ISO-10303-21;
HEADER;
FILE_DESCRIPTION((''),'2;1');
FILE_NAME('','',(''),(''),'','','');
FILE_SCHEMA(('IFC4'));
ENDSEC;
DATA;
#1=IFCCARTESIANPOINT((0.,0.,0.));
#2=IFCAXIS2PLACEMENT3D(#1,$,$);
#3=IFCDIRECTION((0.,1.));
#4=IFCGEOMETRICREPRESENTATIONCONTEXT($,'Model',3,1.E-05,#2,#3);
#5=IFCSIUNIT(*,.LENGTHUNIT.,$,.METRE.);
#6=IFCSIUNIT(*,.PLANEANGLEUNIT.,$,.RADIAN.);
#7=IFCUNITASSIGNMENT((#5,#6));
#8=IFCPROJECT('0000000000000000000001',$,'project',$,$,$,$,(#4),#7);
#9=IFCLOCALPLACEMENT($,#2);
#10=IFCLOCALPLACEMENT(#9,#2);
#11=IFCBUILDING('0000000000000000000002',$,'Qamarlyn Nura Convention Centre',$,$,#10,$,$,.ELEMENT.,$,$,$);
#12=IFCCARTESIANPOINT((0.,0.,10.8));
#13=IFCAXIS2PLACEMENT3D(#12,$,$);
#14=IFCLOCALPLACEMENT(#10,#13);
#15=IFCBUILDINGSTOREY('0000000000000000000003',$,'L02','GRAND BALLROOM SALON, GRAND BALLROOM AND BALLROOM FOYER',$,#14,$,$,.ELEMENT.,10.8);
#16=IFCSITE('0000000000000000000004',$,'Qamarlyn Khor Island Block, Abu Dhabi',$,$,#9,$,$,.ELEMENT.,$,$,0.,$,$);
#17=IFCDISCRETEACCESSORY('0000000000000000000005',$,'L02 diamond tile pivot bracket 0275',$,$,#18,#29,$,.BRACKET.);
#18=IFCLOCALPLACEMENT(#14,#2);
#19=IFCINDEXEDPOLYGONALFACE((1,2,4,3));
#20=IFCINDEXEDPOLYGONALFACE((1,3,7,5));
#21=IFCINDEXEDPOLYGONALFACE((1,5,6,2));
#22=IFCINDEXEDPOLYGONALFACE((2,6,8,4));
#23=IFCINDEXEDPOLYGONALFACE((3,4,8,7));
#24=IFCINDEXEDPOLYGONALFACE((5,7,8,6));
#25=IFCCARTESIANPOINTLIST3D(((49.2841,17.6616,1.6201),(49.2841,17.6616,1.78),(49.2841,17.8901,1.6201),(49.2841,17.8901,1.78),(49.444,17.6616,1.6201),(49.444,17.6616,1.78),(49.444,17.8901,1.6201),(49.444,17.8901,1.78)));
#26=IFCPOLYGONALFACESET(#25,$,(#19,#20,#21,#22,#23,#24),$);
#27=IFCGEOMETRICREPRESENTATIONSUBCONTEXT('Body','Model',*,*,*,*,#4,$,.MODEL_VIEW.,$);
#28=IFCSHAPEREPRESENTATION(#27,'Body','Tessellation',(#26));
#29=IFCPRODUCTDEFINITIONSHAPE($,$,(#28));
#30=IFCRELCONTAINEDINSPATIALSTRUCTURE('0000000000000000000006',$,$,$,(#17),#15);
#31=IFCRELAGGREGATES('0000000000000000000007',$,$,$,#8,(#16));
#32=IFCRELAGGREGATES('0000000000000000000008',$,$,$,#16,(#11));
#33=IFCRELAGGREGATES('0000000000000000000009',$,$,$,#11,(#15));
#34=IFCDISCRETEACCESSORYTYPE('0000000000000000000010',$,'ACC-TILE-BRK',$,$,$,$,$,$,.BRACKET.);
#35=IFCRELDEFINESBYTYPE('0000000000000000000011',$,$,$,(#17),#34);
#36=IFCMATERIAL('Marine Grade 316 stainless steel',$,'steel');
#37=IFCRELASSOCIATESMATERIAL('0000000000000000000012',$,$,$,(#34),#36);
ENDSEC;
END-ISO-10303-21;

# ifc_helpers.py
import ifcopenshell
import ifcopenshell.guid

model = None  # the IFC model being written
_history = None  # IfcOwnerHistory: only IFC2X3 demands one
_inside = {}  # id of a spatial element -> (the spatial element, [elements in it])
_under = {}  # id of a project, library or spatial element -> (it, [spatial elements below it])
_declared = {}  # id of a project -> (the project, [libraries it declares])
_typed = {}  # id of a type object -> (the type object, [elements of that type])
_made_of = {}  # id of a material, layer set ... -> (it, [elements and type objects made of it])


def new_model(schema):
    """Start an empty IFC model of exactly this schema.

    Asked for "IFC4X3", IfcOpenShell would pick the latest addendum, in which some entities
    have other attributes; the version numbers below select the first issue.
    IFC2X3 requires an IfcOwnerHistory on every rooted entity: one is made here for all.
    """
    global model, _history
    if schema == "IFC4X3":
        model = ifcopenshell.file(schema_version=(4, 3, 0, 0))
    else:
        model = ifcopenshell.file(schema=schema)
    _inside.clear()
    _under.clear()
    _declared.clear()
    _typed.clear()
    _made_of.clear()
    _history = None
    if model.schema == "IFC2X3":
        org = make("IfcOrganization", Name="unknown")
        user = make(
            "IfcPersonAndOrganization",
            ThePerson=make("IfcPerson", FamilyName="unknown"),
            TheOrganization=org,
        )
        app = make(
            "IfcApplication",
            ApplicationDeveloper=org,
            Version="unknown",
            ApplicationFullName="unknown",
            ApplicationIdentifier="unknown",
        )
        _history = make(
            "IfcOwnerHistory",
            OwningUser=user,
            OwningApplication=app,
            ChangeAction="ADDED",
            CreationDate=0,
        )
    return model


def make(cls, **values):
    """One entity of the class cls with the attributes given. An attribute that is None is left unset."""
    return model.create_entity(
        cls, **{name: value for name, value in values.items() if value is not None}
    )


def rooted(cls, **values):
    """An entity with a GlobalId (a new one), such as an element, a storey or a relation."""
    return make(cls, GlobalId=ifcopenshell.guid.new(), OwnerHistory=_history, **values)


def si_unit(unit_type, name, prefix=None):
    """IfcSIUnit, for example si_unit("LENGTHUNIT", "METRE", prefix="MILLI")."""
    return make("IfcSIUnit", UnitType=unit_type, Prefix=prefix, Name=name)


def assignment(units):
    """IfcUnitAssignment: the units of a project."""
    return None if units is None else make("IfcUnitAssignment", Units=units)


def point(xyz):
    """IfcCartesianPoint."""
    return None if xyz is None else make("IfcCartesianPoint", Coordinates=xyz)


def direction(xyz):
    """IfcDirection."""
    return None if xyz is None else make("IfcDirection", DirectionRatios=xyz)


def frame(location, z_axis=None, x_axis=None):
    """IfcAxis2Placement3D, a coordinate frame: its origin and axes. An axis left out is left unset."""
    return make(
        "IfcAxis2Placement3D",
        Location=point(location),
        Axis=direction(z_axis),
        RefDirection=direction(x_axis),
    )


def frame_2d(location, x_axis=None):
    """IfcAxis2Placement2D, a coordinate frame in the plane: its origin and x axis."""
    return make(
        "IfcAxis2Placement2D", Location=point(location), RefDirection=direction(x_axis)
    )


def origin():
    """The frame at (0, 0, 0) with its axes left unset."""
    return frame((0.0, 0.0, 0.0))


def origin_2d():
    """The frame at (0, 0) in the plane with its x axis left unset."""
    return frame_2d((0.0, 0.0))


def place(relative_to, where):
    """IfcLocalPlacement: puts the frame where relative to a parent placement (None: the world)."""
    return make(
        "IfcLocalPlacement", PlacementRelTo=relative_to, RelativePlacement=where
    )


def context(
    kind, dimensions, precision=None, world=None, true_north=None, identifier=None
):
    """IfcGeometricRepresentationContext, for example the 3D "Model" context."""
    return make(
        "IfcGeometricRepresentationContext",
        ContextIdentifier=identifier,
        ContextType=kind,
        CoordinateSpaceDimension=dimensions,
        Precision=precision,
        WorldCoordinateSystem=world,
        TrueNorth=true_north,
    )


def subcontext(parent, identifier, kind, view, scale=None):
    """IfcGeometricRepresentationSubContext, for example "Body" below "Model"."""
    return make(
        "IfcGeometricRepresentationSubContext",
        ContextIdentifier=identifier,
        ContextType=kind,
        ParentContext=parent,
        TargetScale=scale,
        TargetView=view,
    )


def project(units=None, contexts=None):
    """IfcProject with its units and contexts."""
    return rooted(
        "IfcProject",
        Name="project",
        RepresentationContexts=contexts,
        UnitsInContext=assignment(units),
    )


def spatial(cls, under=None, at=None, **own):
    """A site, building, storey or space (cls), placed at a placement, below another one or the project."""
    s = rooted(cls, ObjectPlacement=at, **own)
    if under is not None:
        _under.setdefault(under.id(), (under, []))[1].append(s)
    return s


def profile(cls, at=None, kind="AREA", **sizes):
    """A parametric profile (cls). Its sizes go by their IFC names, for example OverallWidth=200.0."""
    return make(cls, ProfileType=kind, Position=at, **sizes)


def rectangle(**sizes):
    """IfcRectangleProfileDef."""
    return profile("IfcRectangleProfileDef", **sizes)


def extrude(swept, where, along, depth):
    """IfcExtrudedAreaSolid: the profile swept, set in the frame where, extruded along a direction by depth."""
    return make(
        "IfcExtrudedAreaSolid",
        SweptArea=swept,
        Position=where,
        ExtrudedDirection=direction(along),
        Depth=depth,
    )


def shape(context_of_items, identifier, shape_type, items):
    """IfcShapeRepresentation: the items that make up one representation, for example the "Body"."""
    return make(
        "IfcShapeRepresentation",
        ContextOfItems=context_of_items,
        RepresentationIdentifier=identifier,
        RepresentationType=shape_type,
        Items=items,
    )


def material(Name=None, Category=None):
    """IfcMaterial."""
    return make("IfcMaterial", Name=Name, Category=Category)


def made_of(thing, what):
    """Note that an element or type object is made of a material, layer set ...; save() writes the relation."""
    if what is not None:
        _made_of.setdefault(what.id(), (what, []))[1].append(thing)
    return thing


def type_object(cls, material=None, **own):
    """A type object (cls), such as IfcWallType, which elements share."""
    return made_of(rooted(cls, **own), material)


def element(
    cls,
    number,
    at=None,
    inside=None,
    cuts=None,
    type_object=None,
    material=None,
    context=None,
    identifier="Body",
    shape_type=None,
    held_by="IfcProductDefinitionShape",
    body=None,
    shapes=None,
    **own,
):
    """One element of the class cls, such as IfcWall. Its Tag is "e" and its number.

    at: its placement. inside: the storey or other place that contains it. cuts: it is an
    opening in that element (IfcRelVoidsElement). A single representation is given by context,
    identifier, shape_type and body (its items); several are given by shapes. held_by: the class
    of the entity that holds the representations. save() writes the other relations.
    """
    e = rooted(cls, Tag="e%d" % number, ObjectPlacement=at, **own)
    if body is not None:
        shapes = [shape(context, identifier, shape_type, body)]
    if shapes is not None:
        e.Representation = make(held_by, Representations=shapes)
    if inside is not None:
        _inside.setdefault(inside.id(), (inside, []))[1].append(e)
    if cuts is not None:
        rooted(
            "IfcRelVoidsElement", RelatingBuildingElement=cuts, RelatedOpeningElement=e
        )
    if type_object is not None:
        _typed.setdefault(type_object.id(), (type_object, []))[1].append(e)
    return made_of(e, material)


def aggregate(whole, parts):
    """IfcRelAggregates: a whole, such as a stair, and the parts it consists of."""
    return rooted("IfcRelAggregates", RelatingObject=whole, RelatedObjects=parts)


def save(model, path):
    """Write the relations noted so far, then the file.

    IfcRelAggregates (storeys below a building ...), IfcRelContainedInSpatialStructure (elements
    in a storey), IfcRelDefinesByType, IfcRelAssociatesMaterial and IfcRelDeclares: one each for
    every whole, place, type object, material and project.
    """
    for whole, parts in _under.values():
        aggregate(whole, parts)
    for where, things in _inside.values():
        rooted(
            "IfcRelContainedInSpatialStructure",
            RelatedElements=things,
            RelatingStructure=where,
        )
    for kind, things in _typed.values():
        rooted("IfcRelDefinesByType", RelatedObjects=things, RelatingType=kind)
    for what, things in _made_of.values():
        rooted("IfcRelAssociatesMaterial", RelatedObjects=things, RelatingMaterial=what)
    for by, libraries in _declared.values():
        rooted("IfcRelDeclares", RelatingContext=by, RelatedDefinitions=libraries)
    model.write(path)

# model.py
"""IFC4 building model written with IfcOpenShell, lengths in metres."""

from ifc_helpers import new_model, si_unit, direction, frame, origin, origin_2d, place, context, subcontext, project, spatial, rectangle, extrude, material, type_object, element, save


model = new_model("IFC4")

# Units and contexts
model_context = context("Model", 3, precision=1e-05, world=origin(), true_north=direction((0.0, 1.0)))
body_context = subcontext(model_context, "Body", "Model", "MODEL_VIEW")
ifc_project = project(units=[si_unit("LENGTHUNIT", "METRE"), si_unit("PLANEANGLEUNIT", "RADIAN")], contexts=[model_context])

# Site, building, storey
site_placement = place(None, origin())
site = spatial("IfcSite", under=ifc_project, at=site_placement, Name="Qamarlyn Khor Island Block, Abu Dhabi", CompositionType="ELEMENT", RefElevation=0.0)
building_placement = place(site_placement, origin())
building = spatial("IfcBuilding", under=site, at=building_placement, Name="Qamarlyn Nura Convention Centre", CompositionType="ELEMENT")
storey_placement = place(building_placement, frame((0.0, 0.0, 10.8)))
storey = spatial("IfcBuildingStorey", under=building, at=storey_placement, Name="L02", Description="GRAND BALLROOM SALON, GRAND BALLROOM AND BALLROOM FOYER", CompositionType="ELEMENT", Elevation=10.8)

# Discrete accessory
ifc_material_1 = material(Name="Marine Grade 316 stainless steel", Category="steel")
discrete_accessory_type_1 = type_object("IfcDiscreteAccessoryType", Name="ACC-TILE-BRK", PredefinedType="BRACKET", material=ifc_material_1)
discrete_accessory_1_placement = place(storey_placement, frame((49.364, 17.7759, 1.6201), z_axis=(0.0, 0.0, 1.0), x_axis=(0.0, -1.0, 0.0)))
element("IfcDiscreteAccessory", 1, at=discrete_accessory_1_placement, inside=storey, type_object=discrete_accessory_type_1, Name="L02 diamond tile pivot bracket 0275", PredefinedType="BRACKET", context=body_context, shape_type="SweptSolid", body=[
    extrude(rectangle(XDim=0.2285, YDim=0.1599, at=origin_2d()), origin(), (0.0, 0.0, 1.0), 0.1599),
])

save(model, "model.ifc")
